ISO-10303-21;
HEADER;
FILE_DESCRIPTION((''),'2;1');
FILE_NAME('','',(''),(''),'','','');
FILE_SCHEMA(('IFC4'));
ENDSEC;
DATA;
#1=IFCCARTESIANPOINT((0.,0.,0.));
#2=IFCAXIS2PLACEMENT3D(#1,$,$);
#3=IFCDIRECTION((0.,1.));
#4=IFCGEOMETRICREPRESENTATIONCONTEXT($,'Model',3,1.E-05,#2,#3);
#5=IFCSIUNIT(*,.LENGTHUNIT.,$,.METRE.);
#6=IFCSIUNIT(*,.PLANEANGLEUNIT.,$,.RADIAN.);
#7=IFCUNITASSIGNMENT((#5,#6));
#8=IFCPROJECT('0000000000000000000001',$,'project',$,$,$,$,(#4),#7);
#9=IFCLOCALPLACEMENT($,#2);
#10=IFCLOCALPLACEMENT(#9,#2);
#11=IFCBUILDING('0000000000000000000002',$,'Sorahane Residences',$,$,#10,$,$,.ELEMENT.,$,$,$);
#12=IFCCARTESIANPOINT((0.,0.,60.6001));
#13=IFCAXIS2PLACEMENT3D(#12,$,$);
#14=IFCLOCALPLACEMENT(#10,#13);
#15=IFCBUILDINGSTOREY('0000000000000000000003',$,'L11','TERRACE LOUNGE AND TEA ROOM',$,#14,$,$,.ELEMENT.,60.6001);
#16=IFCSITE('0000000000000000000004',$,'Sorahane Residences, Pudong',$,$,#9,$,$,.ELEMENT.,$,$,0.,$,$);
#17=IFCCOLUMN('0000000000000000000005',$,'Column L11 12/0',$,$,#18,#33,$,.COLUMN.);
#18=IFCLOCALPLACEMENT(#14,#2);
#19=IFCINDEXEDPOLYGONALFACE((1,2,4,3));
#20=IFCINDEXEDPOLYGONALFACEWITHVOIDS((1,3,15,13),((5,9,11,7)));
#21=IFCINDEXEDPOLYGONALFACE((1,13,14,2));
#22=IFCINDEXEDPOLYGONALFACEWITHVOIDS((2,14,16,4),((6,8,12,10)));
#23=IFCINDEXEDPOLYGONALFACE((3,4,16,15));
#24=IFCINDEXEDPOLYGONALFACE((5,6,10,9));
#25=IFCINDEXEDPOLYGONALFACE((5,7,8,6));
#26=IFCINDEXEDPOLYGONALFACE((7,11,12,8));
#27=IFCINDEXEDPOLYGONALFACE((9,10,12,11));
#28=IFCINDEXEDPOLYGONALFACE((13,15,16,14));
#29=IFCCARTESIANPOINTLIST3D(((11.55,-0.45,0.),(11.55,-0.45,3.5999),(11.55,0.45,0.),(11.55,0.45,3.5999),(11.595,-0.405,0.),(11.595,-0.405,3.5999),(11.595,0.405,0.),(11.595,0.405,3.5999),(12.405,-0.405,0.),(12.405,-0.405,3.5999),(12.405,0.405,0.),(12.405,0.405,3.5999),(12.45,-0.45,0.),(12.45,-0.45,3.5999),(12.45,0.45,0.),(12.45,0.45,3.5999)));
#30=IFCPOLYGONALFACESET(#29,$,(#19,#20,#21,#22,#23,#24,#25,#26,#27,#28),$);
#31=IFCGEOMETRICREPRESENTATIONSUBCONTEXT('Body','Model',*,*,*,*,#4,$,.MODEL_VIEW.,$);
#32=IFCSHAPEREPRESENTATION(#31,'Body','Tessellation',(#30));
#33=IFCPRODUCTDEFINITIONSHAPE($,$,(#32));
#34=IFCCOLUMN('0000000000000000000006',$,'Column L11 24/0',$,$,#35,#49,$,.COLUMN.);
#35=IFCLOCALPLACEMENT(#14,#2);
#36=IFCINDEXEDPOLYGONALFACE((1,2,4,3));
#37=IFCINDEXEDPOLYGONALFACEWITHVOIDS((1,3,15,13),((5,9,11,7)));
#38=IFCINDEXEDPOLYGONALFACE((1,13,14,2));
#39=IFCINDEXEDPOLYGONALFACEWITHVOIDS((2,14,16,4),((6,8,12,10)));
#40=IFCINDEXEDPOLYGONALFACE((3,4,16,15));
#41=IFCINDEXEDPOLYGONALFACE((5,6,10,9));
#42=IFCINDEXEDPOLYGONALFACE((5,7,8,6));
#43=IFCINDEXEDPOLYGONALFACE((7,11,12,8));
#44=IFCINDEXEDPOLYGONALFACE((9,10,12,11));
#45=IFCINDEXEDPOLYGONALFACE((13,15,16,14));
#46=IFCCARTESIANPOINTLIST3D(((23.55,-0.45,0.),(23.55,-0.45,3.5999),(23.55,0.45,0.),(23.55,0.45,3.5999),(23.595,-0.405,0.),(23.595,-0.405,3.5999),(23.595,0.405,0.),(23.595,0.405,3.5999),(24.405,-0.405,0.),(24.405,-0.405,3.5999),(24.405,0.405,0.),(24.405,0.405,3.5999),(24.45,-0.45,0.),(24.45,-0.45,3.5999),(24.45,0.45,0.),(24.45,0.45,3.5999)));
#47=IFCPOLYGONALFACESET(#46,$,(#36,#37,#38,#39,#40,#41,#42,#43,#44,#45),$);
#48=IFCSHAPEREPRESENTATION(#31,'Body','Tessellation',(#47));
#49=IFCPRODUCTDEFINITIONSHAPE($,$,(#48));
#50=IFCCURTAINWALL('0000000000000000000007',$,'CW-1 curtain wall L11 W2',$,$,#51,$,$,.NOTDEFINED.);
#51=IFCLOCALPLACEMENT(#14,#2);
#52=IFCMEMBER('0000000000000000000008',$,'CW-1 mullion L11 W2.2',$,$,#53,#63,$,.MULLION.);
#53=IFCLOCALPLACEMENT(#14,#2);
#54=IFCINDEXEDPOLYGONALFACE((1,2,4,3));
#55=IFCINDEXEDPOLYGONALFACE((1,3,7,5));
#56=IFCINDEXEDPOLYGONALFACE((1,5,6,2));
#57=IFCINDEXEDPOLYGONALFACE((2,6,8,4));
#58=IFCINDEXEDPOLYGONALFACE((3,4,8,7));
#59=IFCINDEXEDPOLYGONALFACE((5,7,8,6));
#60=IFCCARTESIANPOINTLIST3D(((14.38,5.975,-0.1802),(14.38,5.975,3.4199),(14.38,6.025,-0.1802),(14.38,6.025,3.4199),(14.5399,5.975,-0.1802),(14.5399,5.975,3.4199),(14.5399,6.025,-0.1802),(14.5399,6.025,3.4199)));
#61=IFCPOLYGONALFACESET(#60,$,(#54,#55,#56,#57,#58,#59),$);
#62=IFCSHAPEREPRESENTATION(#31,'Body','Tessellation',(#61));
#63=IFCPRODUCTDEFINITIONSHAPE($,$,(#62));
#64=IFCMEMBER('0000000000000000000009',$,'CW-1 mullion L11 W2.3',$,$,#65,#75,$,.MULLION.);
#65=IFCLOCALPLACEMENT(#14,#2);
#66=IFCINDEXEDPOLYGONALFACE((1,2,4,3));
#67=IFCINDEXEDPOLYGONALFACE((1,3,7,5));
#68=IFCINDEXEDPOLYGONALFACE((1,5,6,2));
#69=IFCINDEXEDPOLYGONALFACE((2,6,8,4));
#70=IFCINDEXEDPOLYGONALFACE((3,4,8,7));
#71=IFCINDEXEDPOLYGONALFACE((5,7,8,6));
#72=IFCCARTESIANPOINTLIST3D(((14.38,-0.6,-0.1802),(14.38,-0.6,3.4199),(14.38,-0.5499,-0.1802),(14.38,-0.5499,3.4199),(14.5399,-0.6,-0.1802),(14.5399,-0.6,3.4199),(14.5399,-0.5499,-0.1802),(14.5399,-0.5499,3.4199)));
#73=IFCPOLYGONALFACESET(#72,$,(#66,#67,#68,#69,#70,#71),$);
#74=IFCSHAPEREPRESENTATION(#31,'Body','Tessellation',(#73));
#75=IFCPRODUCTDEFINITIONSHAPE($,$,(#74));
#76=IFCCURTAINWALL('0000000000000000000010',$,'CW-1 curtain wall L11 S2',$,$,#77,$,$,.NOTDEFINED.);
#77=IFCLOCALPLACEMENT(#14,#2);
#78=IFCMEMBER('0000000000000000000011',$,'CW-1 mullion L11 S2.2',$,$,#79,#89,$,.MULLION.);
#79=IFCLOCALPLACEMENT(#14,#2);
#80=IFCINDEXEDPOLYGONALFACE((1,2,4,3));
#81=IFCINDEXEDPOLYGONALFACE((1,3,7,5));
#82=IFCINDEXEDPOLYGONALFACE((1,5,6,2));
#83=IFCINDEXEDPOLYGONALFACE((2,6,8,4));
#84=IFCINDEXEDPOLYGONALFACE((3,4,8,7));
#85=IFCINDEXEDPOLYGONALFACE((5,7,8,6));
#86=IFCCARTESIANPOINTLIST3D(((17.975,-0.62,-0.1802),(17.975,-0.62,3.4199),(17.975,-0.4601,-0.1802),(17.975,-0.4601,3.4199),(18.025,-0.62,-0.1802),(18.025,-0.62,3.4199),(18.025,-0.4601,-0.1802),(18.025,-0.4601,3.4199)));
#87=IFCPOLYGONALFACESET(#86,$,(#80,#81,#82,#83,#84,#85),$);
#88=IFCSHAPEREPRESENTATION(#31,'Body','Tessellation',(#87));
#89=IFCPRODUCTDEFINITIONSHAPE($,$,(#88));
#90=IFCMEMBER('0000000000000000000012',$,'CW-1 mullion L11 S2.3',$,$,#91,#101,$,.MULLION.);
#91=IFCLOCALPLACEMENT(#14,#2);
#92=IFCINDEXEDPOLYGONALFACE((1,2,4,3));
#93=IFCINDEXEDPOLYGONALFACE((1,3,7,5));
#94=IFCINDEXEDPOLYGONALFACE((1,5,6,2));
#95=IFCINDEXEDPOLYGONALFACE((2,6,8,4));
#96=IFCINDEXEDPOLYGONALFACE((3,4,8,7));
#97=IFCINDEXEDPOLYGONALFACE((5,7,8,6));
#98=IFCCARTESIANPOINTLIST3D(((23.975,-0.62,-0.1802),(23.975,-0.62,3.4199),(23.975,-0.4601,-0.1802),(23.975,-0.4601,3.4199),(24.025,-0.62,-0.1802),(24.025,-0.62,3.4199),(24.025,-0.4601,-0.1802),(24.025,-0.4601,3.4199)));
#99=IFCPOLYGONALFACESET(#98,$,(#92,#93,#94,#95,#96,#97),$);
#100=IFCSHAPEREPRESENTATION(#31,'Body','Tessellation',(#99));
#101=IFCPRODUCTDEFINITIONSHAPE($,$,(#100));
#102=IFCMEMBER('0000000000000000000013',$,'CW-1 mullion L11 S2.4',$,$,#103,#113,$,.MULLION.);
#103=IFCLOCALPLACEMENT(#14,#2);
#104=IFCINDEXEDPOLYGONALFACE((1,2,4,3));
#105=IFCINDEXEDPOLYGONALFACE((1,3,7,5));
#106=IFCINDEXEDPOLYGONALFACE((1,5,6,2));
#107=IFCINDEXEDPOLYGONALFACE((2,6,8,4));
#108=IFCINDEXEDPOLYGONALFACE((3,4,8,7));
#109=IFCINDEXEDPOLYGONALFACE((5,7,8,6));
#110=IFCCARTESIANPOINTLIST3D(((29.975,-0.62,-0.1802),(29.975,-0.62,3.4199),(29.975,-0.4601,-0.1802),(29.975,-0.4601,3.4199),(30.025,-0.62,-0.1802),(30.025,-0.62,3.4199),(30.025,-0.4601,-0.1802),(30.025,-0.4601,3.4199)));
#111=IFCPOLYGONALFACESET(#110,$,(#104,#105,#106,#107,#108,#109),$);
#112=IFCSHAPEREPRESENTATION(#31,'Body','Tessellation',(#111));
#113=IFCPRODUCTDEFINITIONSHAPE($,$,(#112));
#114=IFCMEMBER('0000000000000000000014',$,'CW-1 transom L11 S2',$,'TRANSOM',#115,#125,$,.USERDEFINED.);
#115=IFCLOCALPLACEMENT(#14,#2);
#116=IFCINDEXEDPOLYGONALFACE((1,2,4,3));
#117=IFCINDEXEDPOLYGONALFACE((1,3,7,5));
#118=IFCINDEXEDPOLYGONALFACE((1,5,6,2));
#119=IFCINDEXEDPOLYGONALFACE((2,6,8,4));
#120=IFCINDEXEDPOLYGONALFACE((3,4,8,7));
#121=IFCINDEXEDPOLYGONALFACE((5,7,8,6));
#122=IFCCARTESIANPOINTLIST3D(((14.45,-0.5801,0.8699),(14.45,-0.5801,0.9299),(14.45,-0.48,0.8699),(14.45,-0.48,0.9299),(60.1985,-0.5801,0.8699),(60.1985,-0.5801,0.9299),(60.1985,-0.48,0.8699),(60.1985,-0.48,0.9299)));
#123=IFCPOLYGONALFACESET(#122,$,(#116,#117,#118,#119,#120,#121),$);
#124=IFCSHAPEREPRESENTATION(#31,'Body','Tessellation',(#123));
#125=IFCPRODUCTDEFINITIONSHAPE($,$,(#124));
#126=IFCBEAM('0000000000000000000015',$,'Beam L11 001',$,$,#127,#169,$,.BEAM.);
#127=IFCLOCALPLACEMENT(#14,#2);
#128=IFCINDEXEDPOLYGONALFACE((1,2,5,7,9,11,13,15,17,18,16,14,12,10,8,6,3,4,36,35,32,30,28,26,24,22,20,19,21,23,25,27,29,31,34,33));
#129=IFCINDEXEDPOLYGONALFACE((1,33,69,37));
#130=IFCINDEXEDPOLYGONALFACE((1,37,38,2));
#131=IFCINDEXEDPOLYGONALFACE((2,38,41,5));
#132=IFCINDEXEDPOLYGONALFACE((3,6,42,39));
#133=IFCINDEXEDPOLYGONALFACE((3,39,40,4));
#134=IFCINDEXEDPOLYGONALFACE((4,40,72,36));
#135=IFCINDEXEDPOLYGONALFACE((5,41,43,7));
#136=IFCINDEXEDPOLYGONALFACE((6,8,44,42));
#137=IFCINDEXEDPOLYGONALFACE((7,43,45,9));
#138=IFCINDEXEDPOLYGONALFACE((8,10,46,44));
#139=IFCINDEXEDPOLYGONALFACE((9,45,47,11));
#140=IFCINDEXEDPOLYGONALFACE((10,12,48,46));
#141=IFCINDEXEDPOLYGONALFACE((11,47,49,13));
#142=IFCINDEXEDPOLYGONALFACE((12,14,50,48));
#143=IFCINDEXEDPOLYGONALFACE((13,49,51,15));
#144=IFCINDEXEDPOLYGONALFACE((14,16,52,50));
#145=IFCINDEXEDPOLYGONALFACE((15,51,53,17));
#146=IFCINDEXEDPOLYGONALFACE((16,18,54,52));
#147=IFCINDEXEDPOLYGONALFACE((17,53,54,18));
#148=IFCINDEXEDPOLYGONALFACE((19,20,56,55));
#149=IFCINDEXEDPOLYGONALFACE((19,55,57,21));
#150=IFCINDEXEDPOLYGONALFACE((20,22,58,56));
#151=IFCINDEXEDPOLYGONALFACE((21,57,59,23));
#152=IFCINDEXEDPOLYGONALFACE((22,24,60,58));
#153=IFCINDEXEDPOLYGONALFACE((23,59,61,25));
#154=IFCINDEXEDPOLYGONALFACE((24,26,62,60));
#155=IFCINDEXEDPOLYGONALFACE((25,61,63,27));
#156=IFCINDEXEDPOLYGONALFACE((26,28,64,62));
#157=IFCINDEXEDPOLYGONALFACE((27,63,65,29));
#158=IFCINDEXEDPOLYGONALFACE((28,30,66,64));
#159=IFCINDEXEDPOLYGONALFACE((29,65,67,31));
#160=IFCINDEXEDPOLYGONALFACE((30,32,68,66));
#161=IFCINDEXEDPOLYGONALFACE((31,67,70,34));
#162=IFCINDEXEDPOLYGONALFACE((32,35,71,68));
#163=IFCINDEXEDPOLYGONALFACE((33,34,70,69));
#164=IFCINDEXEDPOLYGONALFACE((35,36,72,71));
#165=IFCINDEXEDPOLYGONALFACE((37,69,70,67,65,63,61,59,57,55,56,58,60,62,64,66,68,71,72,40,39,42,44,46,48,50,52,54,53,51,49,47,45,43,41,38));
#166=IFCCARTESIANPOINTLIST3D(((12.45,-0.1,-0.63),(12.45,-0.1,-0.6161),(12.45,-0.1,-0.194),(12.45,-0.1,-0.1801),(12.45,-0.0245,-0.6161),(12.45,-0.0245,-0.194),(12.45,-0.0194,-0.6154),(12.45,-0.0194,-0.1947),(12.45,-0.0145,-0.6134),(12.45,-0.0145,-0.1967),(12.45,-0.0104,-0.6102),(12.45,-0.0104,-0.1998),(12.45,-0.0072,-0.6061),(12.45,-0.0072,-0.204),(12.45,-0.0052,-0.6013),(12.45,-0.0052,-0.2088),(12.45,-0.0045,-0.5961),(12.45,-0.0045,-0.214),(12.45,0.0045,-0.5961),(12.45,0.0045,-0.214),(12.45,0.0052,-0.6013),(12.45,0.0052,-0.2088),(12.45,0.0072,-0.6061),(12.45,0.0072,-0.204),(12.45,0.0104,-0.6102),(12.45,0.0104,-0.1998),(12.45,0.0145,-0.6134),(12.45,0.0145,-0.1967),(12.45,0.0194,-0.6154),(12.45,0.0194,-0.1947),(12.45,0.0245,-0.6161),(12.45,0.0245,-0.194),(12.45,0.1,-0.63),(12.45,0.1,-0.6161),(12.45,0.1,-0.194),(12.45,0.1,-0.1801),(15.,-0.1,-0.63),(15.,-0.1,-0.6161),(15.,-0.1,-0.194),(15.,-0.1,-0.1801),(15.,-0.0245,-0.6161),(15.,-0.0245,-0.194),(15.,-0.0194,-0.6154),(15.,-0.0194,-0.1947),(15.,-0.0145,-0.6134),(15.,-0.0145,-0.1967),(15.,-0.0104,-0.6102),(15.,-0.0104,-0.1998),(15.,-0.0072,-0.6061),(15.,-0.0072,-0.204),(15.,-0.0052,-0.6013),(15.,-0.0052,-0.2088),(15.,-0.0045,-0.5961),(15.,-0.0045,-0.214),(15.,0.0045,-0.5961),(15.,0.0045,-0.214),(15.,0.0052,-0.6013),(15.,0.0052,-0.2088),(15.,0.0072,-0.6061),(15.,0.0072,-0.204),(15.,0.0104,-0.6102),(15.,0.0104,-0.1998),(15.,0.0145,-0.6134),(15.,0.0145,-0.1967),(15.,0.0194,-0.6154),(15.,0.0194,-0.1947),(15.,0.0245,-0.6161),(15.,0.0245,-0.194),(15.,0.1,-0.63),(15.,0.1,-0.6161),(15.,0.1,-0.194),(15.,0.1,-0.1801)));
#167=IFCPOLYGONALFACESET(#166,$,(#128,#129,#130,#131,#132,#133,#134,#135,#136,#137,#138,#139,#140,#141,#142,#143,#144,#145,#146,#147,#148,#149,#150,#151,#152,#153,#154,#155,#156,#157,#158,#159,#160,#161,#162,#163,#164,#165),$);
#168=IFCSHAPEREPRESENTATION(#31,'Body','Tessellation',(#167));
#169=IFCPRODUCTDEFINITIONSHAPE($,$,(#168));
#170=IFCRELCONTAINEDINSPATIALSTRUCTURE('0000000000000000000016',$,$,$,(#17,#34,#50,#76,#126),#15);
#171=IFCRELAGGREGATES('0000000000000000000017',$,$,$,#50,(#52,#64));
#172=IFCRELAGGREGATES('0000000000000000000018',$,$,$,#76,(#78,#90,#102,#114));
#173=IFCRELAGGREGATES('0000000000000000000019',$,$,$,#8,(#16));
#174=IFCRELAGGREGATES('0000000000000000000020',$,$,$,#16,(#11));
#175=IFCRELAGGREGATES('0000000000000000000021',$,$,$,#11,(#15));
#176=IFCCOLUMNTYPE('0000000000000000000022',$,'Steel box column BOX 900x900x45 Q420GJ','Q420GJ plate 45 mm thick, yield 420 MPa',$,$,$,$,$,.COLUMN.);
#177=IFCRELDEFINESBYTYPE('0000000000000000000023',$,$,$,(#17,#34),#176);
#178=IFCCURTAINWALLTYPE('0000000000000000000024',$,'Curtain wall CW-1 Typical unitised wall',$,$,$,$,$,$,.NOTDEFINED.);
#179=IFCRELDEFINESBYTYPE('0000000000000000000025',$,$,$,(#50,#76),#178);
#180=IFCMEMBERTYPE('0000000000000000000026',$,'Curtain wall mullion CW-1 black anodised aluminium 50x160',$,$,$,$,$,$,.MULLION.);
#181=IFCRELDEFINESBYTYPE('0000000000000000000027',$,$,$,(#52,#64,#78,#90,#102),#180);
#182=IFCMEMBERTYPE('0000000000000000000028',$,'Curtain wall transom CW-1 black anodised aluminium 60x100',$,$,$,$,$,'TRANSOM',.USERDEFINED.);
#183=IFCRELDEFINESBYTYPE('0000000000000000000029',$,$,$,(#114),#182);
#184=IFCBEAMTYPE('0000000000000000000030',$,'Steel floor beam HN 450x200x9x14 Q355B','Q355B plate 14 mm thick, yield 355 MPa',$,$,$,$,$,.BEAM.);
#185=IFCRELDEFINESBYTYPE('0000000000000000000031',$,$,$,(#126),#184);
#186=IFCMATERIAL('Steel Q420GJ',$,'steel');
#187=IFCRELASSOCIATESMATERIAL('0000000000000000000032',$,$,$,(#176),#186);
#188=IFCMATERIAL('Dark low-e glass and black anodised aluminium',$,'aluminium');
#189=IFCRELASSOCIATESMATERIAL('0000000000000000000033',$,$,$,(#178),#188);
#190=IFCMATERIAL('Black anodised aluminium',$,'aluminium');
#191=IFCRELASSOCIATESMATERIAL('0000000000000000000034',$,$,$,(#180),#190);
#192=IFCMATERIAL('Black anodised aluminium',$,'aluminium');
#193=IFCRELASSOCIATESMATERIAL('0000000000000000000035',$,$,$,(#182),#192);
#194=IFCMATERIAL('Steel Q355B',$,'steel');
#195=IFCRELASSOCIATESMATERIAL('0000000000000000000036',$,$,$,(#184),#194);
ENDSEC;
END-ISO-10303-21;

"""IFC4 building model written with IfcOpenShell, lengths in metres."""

from ifc_helpers import new_model, si_unit, direction, frame, origin, origin_2d, place, context, subcontext, project, spatial, rectangle, hollow_rectangle, i_section, extrude, material, material_profile, profile_set, type_object, element, aggregate, save


model = new_model("IFC4")

# Units and contexts
model_context = context("Model", 3, precision=1e-05, world=origin(), true_north=direction((0.0, 1.0)))
body_context = subcontext(model_context, "Body", "Model", "MODEL_VIEW")
ifc_project = project(units=[si_unit("LENGTHUNIT", "METRE"), si_unit("PLANEANGLEUNIT", "RADIAN")], contexts=[model_context])

# Site, building, storey
site_placement = place(None, origin())
site = spatial("IfcSite", under=ifc_project, at=site_placement, Name="Sorahane Residences, Pudong", CompositionType="ELEMENT", RefElevation=0.0)
building_placement = place(site_placement, origin())
building = spatial("IfcBuilding", under=site, at=building_placement, Name="Sorahane Residences", CompositionType="ELEMENT")
storey_placement = place(building_placement, frame((0.0, 0.0, 60.6001)))
storey = spatial("IfcBuildingStorey", under=building, at=storey_placement, Name="L11", Description="TERRACE LOUNGE AND TEA ROOM", CompositionType="ELEMENT", Elevation=60.6001)

# Columns
ifc_material_1 = material(Name="Steel Q420GJ", Category="steel")
ifc_material_profile_1 = material_profile(ifc_material_1, hollow_rectangle(XDim=0.8999, YDim=0.8999, WallThickness=0.0449, at=origin_2d()), Name="BOX 900x900x45")
ifc_profile_set_1 = profile_set([ifc_material_profile_1], Name="Steel Q420GJ")
column_type = type_object("IfcColumnType", Name="Steel box column BOX 900x900x45 Q420GJ", Description="Q420GJ plate 45 mm thick, yield 420 MPa", PredefinedType="COLUMN", material=ifc_profile_set_1)
for number, where, z_axis, x_axis, name in (
    (1, (12.0, 0.0, 0.0), (0.0, 0.0, 1.0), (1.0, 0.0, 0.0), "Column L11 12/0"),
    (2, (24.0, 0.0, 0.0), (0.0, 0.0, 1.0), (1.0, 0.0, 0.0), "Column L11 24/0"),
):
    element("IfcColumn", number, at=place(storey_placement, frame(where, z_axis=z_axis, x_axis=x_axis)), inside=storey, type_object=column_type, Name=name, PredefinedType="COLUMN", context=body_context, shape_type="SweptSolid", body=[
        extrude(hollow_rectangle(XDim=0.8999, YDim=0.8999, WallThickness=0.0449, at=origin_2d()), origin(), (0.0, 0.0, 1.0), 3.5999),
    ])

# Curtain walls, members
ifc_material_2 = material(Name="Dark low-e glass and black anodised aluminium", Category="aluminium")
curtain_wall_type = type_object("IfcCurtainWallType", Name="Curtain wall CW-1 Typical unitised wall", PredefinedType="NOTDEFINED", material=ifc_material_2)
curtain_wall_1_placement = place(storey_placement, origin())
curtain_wall_1 = element("IfcCurtainWall", 3, at=curtain_wall_1_placement, inside=storey, type_object=curtain_wall_type, Name="CW-1 curtain wall L11 W2", PredefinedType="NOTDEFINED")
ifc_material_3 = material(Name="Black anodised aluminium", Category="aluminium")
ifc_material_profile_2 = material_profile(ifc_material_3, rectangle(XDim=0.1599, YDim=0.05, at=origin_2d()), Name="Curtain wall mullion CW-1 black anodised aluminium 50x160")
ifc_profile_set_2 = profile_set([ifc_material_profile_2], Name="Black anodised aluminium")
member_type_1 = type_object("IfcMemberType", Name="Curtain wall mullion CW-1 black anodised aluminium 50x160", PredefinedType="MULLION", material=ifc_profile_set_2)
member_1_placement = place(storey_placement, frame((14.46, 6.0, -0.1802), z_axis=(0.0, 0.0, 1.0), x_axis=(-1.0, 0.0, 0.0)))
member_1 = element("IfcMember", 4, at=member_1_placement, type_object=member_type_1, Name="CW-1 mullion L11 W2.2", PredefinedType="MULLION", context=body_context, shape_type="SweptSolid", body=[
    extrude(rectangle(XDim=0.1599, YDim=0.05, at=origin_2d()), origin(), (0.0, 0.0, 1.0), 3.6001),
])
member_2_placement = place(storey_placement, frame((14.46, -0.575, -0.1802), z_axis=(0.0, 0.0, 1.0), x_axis=(-1.0, 0.0, 0.0)))
member_2 = element("IfcMember", 5, at=member_2_placement, type_object=member_type_1, Name="CW-1 mullion L11 W2.3", PredefinedType="MULLION", context=body_context, shape_type="SweptSolid", body=[
    extrude(rectangle(XDim=0.1599, YDim=0.05, at=origin_2d()), origin(), (0.0, 0.0, 1.0), 3.6001),
])
curtain_wall_2_placement = place(storey_placement, origin())
curtain_wall_2 = element("IfcCurtainWall", 6, at=curtain_wall_2_placement, inside=storey, type_object=curtain_wall_type, Name="CW-1 curtain wall L11 S2", PredefinedType="NOTDEFINED")
member_3_placement = place(storey_placement, frame((18.0, -0.54, -0.1802), z_axis=(0.0, 0.0, 1.0), x_axis=(0.0, -1.0, 0.0)))
member_3 = element("IfcMember", 7, at=member_3_placement, type_object=member_type_1, Name="CW-1 mullion L11 S2.2", PredefinedType="MULLION", context=body_context, shape_type="SweptSolid", body=[
    extrude(rectangle(XDim=0.1599, YDim=0.05, at=origin_2d()), origin(), (0.0, 0.0, 1.0), 3.6001),
])
member_4_placement = place(storey_placement, frame((24.0, -0.54, -0.1802), z_axis=(0.0, 0.0, 1.0), x_axis=(0.0, -1.0, 0.0)))
member_4 = element("IfcMember", 8, at=member_4_placement, type_object=member_type_1, Name="CW-1 mullion L11 S2.3", PredefinedType="MULLION", context=body_context, shape_type="SweptSolid", body=[
    extrude(rectangle(XDim=0.1599, YDim=0.05, at=origin_2d()), origin(), (0.0, 0.0, 1.0), 3.6001),
])
member_5_placement = place(storey_placement, frame((30.0, -0.54, -0.1802), z_axis=(0.0, 0.0, 1.0), x_axis=(0.0, -1.0, 0.0)))
member_5 = element("IfcMember", 9, at=member_5_placement, type_object=member_type_1, Name="CW-1 mullion L11 S2.4", PredefinedType="MULLION", context=body_context, shape_type="SweptSolid", body=[
    extrude(rectangle(XDim=0.1599, YDim=0.05, at=origin_2d()), origin(), (0.0, 0.0, 1.0), 3.6001),
])
ifc_material_4 = material(Name="Black anodised aluminium", Category="aluminium")
ifc_material_profile_3 = material_profile(ifc_material_4, rectangle(XDim=0.1001, YDim=0.0601, at=origin_2d()), Name="Curtain wall transom CW-1 black anodised aluminium 60x100")
ifc_profile_set_3 = profile_set([ifc_material_profile_3], Name="Black anodised aluminium")
member_type_2 = type_object("IfcMemberType", Name="Curtain wall transom CW-1 black anodised aluminium 60x100", ElementType="TRANSOM", PredefinedType="USERDEFINED", material=ifc_profile_set_3)
member_6_placement = place(storey_placement, frame((14.45, -0.53, 0.8999), z_axis=(1.0, 0.0, 0.0), x_axis=(0.0, 1.0, 0.0)))
member_6 = element("IfcMember", 10, at=member_6_placement, type_object=member_type_2, Name="CW-1 transom L11 S2", ObjectType="TRANSOM", PredefinedType="USERDEFINED", context=body_context, shape_type="SweptSolid", body=[
    extrude(rectangle(XDim=0.1001, YDim=0.0601, at=origin_2d()), origin(), (0.0, 0.0, 1.0), 45.7485),
])

# Beam
ifc_material_5 = material(Name="Steel Q355B", Category="steel")
ifc_material_profile_4 = material_profile(ifc_material_5, i_section(OverallWidth=0.2, OverallDepth=0.45, WebThickness=0.009, FlangeThickness=0.0139, FilletRadius=0.02, at=origin_2d()), Name="HN 450x200x9x14")
ifc_profile_set_4 = profile_set([ifc_material_profile_4], Name="Steel Q355B")
beam_type_1 = type_object("IfcBeamType", Name="Steel floor beam HN 450x200x9x14 Q355B", Description="Q355B plate 14 mm thick, yield 355 MPa", PredefinedType="BEAM", material=ifc_profile_set_4)
beam_1_placement = place(storey_placement, frame((12.45, 0.0, -0.405), z_axis=(1.0, 0.0, 0.0), x_axis=(0.0, 1.0, 0.0)))
element("IfcBeam", 11, at=beam_1_placement, inside=storey, type_object=beam_type_1, Name="Beam L11 001", PredefinedType="BEAM", context=body_context, shape_type="SweptSolid", body=[
    extrude(i_section(OverallWidth=0.2, OverallDepth=0.45, WebThickness=0.009, FlangeThickness=0.0139, FilletRadius=0.02, at=origin_2d()), origin(), (0.0, 0.0, 1.0), 2.55),
])

aggregate(curtain_wall_1, [member_1, member_2])
aggregate(curtain_wall_2, [member_3, member_4, member_5, member_6])

save(model, "model.ifc")
